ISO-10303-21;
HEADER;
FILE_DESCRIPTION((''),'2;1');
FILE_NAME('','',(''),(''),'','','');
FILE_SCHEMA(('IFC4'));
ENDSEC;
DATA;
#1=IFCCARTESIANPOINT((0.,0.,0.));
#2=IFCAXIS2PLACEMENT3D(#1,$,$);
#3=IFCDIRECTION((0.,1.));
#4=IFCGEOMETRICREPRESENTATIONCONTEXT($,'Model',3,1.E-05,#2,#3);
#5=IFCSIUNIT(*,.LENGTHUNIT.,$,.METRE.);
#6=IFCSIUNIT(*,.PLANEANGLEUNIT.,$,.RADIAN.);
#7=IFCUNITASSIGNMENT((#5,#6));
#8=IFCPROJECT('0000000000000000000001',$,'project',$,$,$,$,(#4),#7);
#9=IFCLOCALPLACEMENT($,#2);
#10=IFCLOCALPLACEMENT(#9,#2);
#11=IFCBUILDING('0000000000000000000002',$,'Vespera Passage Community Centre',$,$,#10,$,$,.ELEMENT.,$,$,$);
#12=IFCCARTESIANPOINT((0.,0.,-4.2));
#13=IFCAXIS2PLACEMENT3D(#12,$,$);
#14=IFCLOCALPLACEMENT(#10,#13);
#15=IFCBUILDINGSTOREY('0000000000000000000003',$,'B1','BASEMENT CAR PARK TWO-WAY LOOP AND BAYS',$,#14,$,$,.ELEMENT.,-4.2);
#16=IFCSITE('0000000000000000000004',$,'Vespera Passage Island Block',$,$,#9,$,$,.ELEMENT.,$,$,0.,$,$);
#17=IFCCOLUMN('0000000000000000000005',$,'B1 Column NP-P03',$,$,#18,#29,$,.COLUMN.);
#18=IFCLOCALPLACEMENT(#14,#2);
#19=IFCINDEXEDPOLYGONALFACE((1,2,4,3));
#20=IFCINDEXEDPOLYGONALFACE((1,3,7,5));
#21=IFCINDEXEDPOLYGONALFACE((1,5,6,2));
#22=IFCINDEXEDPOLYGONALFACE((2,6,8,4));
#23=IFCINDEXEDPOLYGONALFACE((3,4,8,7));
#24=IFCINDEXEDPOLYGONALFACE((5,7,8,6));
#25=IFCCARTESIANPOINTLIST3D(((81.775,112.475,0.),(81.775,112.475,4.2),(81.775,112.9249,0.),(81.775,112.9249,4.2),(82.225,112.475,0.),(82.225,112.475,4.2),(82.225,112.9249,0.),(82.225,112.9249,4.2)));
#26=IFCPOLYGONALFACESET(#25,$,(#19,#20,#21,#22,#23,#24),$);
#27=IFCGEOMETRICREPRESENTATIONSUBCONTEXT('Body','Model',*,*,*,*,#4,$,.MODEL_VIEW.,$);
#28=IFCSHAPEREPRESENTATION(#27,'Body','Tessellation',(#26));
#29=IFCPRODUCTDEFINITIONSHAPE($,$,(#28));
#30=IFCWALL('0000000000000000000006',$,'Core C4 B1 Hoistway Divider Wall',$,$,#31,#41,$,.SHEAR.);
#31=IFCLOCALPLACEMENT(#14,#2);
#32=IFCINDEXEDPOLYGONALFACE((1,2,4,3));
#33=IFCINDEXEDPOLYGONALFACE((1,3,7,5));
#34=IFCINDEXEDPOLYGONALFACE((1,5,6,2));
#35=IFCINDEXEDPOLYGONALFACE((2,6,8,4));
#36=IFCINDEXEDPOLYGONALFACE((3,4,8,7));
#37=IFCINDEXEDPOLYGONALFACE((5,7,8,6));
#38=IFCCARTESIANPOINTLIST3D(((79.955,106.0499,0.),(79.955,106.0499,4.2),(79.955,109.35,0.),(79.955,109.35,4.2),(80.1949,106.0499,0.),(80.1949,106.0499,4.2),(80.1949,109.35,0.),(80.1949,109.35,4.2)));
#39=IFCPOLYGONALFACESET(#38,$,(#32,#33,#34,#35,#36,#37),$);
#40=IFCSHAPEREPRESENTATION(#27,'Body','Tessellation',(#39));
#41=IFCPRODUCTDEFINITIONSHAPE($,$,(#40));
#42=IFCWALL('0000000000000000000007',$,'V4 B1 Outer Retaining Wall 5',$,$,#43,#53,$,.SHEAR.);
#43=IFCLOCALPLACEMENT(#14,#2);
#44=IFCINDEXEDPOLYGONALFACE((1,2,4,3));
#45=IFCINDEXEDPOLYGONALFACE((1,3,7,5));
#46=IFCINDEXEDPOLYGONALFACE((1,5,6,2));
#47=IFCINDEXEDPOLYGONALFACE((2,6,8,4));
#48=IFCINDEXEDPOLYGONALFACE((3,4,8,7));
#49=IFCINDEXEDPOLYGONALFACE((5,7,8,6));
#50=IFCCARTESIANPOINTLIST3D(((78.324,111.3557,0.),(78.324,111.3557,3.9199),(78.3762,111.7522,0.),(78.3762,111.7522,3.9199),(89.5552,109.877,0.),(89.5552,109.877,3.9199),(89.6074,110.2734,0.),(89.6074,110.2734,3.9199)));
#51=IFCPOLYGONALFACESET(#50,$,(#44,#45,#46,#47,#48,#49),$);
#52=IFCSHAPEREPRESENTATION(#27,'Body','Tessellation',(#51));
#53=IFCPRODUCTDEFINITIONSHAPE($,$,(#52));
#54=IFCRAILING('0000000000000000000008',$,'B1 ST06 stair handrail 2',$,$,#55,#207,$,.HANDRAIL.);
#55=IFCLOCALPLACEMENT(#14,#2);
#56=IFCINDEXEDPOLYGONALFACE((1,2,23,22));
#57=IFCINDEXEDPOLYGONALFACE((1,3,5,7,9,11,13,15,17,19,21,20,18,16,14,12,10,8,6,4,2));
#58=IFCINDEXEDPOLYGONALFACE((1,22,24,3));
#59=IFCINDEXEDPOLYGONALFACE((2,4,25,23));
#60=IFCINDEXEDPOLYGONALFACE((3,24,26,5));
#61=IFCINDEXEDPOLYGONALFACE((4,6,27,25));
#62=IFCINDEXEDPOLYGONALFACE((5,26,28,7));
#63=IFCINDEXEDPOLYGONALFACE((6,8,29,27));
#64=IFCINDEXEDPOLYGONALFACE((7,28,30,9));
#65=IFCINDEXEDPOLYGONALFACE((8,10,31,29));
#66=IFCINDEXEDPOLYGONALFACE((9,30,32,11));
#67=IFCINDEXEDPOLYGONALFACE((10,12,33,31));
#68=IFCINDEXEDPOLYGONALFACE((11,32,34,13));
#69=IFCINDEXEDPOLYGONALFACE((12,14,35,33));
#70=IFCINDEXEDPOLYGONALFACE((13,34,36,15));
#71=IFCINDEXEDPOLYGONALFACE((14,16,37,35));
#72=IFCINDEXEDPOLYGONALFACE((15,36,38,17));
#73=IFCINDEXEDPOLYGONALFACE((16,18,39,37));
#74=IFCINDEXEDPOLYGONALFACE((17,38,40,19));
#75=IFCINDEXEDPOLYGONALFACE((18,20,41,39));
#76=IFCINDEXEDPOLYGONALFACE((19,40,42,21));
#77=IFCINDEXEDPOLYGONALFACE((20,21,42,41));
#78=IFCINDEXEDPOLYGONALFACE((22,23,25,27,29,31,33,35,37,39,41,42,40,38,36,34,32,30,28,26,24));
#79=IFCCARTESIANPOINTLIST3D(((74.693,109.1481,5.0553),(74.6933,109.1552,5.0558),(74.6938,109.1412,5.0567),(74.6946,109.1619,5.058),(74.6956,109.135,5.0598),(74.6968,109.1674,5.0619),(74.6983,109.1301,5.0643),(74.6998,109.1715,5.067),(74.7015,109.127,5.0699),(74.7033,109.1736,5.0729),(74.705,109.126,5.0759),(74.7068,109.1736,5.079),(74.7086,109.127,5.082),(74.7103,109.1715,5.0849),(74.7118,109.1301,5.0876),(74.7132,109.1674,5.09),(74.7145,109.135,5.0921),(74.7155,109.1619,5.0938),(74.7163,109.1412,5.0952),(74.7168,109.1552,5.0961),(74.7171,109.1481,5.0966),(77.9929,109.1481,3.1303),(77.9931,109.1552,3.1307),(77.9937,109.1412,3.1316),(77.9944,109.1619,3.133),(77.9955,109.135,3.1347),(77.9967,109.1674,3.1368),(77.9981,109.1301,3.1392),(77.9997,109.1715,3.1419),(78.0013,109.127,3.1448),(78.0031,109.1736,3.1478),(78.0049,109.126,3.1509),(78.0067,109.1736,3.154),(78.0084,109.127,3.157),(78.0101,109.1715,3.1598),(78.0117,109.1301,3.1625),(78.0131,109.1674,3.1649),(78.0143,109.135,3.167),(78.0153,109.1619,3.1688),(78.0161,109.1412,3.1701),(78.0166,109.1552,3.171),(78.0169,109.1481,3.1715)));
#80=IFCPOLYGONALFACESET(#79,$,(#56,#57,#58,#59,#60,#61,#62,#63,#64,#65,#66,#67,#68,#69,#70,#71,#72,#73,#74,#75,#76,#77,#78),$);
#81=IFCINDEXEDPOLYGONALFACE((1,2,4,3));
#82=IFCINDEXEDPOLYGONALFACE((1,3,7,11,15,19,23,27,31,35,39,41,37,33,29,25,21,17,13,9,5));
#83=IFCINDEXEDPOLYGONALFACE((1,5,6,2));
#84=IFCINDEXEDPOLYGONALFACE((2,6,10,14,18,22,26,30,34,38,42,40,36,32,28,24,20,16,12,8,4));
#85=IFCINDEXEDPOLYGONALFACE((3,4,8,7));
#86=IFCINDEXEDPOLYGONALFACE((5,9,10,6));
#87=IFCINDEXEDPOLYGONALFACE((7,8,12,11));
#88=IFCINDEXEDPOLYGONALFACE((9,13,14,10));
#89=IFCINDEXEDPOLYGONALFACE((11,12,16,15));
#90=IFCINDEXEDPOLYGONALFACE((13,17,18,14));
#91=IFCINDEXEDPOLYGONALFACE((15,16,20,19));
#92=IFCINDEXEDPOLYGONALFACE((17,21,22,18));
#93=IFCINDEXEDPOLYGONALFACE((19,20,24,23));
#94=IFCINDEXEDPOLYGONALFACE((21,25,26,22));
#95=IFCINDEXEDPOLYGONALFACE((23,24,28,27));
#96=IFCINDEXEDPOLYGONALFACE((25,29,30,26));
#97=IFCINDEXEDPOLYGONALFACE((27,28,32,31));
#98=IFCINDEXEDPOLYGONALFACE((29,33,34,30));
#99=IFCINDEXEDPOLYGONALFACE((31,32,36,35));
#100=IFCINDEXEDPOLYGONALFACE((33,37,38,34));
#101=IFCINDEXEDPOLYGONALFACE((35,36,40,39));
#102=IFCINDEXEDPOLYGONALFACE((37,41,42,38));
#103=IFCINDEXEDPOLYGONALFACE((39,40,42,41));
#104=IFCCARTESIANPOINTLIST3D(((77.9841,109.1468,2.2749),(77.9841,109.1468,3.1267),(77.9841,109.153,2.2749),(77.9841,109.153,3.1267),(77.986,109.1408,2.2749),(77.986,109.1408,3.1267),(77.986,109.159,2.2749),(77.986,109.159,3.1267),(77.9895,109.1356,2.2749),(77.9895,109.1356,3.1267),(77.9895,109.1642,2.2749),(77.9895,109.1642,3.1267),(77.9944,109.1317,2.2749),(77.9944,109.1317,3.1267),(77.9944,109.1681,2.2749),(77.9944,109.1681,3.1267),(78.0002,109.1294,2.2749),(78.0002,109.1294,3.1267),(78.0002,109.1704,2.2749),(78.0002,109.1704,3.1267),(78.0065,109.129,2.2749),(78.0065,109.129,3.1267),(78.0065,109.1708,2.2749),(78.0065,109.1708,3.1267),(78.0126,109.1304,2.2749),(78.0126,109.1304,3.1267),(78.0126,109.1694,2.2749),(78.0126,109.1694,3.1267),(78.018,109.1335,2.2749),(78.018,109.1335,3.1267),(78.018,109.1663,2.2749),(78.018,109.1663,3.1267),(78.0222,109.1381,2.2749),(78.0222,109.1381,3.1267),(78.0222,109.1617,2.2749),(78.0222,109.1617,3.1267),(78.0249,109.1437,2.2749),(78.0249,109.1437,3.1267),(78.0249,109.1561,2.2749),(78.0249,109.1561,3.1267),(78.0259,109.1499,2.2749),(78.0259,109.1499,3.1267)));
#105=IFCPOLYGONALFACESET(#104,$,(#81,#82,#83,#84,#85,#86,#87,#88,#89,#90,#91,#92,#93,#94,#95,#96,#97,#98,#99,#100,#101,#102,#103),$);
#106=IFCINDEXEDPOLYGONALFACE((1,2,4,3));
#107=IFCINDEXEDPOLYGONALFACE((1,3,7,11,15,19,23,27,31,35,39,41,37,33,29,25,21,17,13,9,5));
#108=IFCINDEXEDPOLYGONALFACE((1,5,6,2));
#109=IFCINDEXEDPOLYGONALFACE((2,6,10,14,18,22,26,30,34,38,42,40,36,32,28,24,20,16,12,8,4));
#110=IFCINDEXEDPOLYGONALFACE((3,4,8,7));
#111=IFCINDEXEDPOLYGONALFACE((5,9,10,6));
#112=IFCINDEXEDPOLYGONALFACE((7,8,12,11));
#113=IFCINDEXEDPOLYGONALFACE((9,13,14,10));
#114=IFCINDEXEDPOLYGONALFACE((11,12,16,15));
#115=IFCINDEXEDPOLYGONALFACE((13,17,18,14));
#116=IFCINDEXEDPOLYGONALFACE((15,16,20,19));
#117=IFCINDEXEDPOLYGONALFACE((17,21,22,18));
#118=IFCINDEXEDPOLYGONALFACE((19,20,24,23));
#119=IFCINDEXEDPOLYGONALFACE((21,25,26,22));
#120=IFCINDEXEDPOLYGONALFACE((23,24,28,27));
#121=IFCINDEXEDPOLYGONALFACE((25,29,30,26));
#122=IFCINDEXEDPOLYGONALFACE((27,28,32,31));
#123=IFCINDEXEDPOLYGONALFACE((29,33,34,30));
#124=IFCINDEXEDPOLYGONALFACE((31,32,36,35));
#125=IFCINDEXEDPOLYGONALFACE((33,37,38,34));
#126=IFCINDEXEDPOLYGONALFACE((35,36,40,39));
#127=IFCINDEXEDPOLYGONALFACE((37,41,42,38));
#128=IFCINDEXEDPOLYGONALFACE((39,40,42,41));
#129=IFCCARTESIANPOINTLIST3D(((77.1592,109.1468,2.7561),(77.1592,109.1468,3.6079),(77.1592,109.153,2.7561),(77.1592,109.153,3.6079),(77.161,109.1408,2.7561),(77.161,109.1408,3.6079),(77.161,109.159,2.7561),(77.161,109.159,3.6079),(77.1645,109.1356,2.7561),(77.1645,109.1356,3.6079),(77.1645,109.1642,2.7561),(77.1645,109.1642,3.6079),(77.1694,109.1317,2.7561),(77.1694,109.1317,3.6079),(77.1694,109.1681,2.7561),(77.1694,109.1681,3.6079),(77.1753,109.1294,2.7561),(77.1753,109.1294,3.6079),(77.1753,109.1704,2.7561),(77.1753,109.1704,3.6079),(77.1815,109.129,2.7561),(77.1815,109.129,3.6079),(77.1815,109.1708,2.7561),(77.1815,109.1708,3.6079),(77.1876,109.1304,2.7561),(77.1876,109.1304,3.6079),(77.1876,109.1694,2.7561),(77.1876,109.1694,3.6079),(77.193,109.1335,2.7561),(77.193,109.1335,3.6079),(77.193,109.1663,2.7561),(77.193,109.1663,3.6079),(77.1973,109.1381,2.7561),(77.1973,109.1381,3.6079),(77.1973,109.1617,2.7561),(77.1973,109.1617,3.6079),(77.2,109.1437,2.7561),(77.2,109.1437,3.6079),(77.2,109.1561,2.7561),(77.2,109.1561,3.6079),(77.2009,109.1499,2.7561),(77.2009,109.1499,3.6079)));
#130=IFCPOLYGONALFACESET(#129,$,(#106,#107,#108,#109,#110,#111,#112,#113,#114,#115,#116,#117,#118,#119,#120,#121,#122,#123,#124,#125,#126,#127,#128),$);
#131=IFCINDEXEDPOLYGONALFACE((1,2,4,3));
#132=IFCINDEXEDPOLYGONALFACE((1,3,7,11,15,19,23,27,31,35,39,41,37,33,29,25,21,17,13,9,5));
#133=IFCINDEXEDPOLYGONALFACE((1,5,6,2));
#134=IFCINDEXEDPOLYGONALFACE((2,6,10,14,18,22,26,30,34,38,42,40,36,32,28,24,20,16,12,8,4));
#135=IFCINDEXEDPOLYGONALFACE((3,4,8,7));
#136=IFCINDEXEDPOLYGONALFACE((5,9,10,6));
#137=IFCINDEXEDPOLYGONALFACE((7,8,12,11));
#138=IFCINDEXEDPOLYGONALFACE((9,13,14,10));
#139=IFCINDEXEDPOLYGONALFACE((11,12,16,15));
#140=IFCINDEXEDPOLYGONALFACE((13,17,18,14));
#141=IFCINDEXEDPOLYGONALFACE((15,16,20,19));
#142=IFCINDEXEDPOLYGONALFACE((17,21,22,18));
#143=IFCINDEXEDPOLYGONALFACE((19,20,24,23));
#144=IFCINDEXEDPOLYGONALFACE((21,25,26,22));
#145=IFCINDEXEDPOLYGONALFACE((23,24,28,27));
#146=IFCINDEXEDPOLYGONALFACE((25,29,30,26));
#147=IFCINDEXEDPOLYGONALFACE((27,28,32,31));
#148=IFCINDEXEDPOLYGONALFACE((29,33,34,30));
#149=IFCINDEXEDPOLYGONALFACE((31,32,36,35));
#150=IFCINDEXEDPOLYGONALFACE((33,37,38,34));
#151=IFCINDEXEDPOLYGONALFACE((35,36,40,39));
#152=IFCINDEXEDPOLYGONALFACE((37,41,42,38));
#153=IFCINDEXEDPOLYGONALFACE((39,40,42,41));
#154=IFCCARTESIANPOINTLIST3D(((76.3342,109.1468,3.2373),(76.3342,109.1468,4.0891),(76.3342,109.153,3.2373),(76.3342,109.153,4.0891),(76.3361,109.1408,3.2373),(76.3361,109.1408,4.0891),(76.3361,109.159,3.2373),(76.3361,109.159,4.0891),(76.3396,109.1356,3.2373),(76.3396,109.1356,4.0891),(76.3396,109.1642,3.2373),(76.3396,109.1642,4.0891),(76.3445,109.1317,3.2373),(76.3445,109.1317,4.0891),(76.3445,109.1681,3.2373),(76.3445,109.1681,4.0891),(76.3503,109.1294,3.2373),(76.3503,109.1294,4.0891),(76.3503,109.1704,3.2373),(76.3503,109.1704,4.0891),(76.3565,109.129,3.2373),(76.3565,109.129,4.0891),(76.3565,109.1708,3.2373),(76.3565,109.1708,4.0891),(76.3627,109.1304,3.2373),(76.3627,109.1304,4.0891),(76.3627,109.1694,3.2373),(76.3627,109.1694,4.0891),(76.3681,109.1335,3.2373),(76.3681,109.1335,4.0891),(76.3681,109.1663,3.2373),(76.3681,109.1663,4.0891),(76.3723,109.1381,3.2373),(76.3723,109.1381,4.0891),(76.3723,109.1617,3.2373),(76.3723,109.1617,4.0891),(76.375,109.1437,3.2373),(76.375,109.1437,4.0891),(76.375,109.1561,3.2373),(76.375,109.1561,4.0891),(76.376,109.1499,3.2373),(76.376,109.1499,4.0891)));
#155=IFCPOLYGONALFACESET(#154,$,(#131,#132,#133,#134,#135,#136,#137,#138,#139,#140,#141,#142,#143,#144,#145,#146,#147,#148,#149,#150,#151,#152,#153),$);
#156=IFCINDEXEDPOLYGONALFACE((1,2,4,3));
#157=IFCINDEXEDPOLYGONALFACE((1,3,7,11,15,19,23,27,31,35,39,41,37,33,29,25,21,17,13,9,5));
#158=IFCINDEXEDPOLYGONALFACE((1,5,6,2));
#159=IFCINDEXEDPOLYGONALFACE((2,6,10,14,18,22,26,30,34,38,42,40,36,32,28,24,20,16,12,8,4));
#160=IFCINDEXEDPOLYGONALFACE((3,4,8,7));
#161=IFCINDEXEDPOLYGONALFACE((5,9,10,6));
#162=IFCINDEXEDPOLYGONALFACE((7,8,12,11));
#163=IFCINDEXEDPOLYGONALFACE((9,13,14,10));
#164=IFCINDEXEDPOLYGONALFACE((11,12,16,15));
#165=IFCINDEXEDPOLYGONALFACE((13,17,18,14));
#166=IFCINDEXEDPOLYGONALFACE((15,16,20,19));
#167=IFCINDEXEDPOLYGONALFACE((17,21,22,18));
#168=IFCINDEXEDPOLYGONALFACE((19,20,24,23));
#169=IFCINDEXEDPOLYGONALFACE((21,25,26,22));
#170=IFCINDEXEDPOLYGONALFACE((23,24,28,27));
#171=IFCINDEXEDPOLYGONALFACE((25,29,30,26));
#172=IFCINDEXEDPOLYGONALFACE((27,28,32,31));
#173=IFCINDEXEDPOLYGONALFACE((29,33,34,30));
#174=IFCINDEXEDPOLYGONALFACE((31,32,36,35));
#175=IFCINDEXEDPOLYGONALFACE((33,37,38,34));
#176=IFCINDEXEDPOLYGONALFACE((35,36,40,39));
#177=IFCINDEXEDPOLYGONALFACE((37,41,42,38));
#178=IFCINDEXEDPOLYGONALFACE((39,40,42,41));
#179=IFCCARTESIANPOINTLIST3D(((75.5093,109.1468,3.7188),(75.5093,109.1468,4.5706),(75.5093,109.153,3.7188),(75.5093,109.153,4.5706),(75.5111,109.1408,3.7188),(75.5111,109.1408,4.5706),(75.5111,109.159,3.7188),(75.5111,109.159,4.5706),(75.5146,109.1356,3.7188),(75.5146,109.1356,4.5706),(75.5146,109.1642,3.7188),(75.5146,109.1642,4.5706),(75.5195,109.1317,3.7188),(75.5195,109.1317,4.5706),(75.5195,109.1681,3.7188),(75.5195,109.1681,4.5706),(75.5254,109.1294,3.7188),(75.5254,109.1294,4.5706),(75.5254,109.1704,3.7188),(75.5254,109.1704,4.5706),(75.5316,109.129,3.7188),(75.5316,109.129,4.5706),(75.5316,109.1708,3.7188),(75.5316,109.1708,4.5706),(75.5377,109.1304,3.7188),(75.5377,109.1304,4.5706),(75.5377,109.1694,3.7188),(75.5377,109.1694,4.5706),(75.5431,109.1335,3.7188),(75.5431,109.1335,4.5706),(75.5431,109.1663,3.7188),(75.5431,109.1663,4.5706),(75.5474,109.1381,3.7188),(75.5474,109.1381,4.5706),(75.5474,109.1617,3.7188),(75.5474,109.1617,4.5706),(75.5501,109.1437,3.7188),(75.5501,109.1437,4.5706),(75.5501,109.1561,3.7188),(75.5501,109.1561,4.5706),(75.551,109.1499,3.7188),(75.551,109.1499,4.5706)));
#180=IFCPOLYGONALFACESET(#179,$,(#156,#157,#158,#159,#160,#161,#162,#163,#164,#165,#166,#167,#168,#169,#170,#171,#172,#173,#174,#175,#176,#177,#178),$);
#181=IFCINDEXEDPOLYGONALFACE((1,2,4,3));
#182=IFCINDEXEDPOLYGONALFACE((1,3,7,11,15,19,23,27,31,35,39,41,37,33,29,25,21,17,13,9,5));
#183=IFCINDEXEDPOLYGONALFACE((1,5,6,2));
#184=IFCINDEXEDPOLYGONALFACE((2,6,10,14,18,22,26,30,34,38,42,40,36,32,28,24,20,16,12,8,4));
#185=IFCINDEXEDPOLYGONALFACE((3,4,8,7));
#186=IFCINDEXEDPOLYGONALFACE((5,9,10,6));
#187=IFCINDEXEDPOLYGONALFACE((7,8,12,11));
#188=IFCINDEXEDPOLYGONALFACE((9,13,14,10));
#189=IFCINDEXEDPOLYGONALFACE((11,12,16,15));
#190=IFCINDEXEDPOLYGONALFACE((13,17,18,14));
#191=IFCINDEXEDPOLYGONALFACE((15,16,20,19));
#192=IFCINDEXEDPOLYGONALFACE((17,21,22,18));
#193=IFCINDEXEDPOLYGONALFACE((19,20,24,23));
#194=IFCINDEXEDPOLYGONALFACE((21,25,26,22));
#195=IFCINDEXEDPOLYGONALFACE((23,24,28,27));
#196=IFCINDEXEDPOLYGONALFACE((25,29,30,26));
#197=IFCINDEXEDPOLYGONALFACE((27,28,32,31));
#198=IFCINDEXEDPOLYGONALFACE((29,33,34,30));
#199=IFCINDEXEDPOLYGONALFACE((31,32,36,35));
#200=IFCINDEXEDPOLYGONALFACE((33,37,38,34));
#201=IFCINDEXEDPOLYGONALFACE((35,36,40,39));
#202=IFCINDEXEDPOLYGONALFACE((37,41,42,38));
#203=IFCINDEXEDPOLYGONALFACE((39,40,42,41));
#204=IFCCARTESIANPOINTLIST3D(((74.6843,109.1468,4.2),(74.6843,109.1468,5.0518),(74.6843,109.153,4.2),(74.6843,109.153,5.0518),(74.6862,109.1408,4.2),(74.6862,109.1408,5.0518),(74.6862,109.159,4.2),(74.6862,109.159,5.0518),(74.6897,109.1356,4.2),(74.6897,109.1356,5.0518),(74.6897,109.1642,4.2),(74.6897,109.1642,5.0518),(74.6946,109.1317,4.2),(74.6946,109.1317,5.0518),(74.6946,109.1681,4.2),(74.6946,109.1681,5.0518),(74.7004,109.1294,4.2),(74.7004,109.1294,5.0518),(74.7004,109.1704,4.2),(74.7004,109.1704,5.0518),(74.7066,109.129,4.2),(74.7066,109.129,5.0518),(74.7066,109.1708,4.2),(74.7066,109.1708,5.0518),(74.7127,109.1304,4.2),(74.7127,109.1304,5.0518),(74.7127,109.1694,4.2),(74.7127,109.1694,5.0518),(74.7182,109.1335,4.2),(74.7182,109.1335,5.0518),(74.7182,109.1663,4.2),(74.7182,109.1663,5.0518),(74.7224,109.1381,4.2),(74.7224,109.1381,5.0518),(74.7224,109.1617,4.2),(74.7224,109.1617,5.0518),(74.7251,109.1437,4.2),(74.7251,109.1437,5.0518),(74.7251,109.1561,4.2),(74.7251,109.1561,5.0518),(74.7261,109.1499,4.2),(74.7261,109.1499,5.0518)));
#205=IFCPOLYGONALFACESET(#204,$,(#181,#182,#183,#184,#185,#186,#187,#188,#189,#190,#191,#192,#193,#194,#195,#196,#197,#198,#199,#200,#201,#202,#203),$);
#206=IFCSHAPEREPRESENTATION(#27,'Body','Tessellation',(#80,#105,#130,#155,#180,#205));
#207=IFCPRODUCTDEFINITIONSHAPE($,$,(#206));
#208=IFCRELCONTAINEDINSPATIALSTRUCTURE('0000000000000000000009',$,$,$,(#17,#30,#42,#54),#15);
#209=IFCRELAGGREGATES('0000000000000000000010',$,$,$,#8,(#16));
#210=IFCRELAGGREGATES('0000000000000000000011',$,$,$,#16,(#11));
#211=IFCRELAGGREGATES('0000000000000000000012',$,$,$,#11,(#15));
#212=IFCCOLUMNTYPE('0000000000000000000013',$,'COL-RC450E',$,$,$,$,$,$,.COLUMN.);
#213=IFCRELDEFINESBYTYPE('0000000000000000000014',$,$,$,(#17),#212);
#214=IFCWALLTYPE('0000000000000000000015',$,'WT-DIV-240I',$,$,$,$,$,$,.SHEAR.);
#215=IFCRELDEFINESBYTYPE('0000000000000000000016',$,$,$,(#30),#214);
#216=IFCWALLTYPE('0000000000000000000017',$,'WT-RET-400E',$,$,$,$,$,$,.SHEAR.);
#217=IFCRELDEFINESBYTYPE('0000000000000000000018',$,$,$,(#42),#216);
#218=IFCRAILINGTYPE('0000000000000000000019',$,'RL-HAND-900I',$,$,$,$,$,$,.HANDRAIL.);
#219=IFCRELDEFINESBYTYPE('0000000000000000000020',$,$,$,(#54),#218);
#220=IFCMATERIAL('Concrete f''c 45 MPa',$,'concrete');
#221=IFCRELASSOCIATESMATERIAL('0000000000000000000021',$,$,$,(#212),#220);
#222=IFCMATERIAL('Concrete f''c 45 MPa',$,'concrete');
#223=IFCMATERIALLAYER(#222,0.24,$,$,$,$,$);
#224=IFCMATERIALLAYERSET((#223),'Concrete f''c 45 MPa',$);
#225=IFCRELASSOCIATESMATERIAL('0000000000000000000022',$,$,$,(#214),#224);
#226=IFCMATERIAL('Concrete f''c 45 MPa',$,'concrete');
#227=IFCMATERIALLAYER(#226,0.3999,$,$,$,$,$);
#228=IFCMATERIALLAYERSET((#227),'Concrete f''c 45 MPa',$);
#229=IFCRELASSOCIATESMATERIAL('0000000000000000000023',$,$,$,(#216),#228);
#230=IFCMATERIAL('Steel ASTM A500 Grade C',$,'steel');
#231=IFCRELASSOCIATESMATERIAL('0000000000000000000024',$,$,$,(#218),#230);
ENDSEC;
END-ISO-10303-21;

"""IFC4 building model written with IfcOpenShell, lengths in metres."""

from ifc_helpers import new_model, si_unit, direction, frame, frame_2d, origin, origin_2d, place, context, subcontext, project, spatial, rectangle, circle, extrude, material, layer, layer_set, material_profile, profile_set, type_object, element, save


model = new_model("IFC4")

# Units and contexts
model_context = context("Model", 3, precision=1e-05, world=origin(), true_north=direction((0.0, 1.0)))
body_context = subcontext(model_context, "Body", "Model", "MODEL_VIEW")
ifc_project = project(units=[si_unit("LENGTHUNIT", "METRE"), si_unit("PLANEANGLEUNIT", "RADIAN")], contexts=[model_context])

# Site, building, storey
site_placement = place(None, origin())
site = spatial("IfcSite", under=ifc_project, at=site_placement, Name="Vespera Passage Island Block", CompositionType="ELEMENT", RefElevation=0.0)
building_placement = place(site_placement, origin())
building = spatial("IfcBuilding", under=site, at=building_placement, Name="Vespera Passage Community Centre", CompositionType="ELEMENT")
storey_placement = place(building_placement, frame((0.0, 0.0, -4.2)))
storey = spatial("IfcBuildingStorey", under=building, at=storey_placement, Name="B1", Description="BASEMENT CAR PARK TWO-WAY LOOP AND BAYS", CompositionType="ELEMENT", Elevation=-4.2)

# Column
ifc_material_1 = material(Name="Concrete f'c 45 MPa", Category="concrete")
ifc_material_profile_1 = material_profile(ifc_material_1, rectangle(XDim=0.45, YDim=0.45, at=origin_2d()), Name="RC450X450")
ifc_profile_set_1 = profile_set([ifc_material_profile_1], Name="Concrete f'c 45 MPa")
column_type = type_object("IfcColumnType", Name="COL-RC450E", PredefinedType="COLUMN", material=ifc_profile_set_1)
column_placement = place(storey_placement, frame((82.0, 112.7, 0.0), z_axis=(0.0, 0.0, 1.0), x_axis=(1.0, 0.0, 0.0)))
element("IfcColumn", 1, at=column_placement, inside=storey, type_object=column_type, Name="B1 Column NP-P03", PredefinedType="COLUMN", context=body_context, shape_type="SweptSolid", body=[
    extrude(rectangle(XDim=0.45, YDim=0.45, at=origin_2d()), origin(), (0.0, 0.0, 1.0), 4.2),
])

# Walls
ifc_material_2 = material(Name="Concrete f'c 45 MPa", Category="concrete")
ifc_layer_1 = layer(ifc_material_2, 0.24)
ifc_layer_set_1 = layer_set([ifc_layer_1], Name="Concrete f'c 45 MPa")
wall_type_1 = type_object("IfcWallType", Name="WT-DIV-240I", PredefinedType="SHEAR", material=ifc_layer_set_1)
wall_1_placement = place(storey_placement, frame((80.075, 106.05, 0.0), z_axis=(0.0, 0.0, 1.0), x_axis=(0.0, 1.0, 0.0)))
element("IfcWall", 2, at=wall_1_placement, inside=storey, type_object=wall_type_1, Name="Core C4 B1 Hoistway Divider Wall", PredefinedType="SHEAR", context=body_context, shape_type="SweptSolid", body=[
    extrude(rectangle(XDim=3.3, YDim=0.24, at=frame_2d((1.6499, 0.0))), origin(), (0.0, 0.0, 1.0), 4.2),
])
ifc_material_3 = material(Name="Concrete f'c 45 MPa", Category="concrete")
ifc_layer_2 = layer(ifc_material_3, 0.3999)
ifc_layer_set_2 = layer_set([ifc_layer_2], Name="Concrete f'c 45 MPa")
wall_type_2 = type_object("IfcWallType", Name="WT-RET-400E", PredefinedType="SHEAR", material=ifc_layer_set_2)
wall_2_placement = place(storey_placement, frame((78.3501, 111.554, 0.0), z_axis=(0.0, 0.0, 1.0), x_axis=(0.991443, -0.130539, 0.0)))
element("IfcWall", 3, at=wall_2_placement, inside=storey, type_object=wall_type_2, Name="V4 B1 Outer Retaining Wall 5", PredefinedType="SHEAR", context=body_context, shape_type="SweptSolid", body=[
    extrude(rectangle(XDim=11.3281, YDim=0.3999, at=frame_2d((5.6641, 0.0))), origin(), (0.0, 0.0, 1.0), 3.9199),
])

# Railing
ifc_material_4 = material(Name="Steel ASTM A500 Grade C", Category="steel")
railing_type_1 = type_object("IfcRailingType", Name="RL-HAND-900I", PredefinedType="HANDRAIL", material=ifc_material_4)
railing_1_placement = place(storey_placement, frame((78.0049, 109.1499, 2.2749)))
element("IfcRailing", 4, at=railing_1_placement, inside=storey, type_object=railing_type_1, Name="B1 ST06 stair handrail 2", PredefinedType="HANDRAIL", context=body_context, shape_type="SweptSolid", body=[
    extrude(circle(Radius=0.0239, at=origin_2d()), frame((0.0, 0.0, 0.876), z_axis=(-0.86376, 0.0, 0.503903), x_axis=(0.0, -1.0, 0.0)), (0.0, 0.0, 1.0), 3.8203),
    extrude(circle(Radius=0.021, at=origin_2d()), origin(), (0.0, 0.0, 1.0), 0.8518),
    extrude(circle(Radius=0.021, at=origin_2d()), frame((-0.825, 0.0, 0.4812)), (0.0, 0.0, 1.0), 0.8518),
    extrude(circle(Radius=0.021, at=origin_2d()), frame((-1.6499, 0.0, 0.9624)), (0.0, 0.0, 1.0), 0.8518),
    extrude(circle(Radius=0.021, at=origin_2d()), frame((-2.4749, 0.0, 1.4438)), (0.0, 0.0, 1.0), 0.8518),
    extrude(circle(Radius=0.021, at=origin_2d()), frame((-3.2998, 0.0, 1.925)), (0.0, 0.0, 1.0), 0.8518),
])

save(model, "model.ifc")
